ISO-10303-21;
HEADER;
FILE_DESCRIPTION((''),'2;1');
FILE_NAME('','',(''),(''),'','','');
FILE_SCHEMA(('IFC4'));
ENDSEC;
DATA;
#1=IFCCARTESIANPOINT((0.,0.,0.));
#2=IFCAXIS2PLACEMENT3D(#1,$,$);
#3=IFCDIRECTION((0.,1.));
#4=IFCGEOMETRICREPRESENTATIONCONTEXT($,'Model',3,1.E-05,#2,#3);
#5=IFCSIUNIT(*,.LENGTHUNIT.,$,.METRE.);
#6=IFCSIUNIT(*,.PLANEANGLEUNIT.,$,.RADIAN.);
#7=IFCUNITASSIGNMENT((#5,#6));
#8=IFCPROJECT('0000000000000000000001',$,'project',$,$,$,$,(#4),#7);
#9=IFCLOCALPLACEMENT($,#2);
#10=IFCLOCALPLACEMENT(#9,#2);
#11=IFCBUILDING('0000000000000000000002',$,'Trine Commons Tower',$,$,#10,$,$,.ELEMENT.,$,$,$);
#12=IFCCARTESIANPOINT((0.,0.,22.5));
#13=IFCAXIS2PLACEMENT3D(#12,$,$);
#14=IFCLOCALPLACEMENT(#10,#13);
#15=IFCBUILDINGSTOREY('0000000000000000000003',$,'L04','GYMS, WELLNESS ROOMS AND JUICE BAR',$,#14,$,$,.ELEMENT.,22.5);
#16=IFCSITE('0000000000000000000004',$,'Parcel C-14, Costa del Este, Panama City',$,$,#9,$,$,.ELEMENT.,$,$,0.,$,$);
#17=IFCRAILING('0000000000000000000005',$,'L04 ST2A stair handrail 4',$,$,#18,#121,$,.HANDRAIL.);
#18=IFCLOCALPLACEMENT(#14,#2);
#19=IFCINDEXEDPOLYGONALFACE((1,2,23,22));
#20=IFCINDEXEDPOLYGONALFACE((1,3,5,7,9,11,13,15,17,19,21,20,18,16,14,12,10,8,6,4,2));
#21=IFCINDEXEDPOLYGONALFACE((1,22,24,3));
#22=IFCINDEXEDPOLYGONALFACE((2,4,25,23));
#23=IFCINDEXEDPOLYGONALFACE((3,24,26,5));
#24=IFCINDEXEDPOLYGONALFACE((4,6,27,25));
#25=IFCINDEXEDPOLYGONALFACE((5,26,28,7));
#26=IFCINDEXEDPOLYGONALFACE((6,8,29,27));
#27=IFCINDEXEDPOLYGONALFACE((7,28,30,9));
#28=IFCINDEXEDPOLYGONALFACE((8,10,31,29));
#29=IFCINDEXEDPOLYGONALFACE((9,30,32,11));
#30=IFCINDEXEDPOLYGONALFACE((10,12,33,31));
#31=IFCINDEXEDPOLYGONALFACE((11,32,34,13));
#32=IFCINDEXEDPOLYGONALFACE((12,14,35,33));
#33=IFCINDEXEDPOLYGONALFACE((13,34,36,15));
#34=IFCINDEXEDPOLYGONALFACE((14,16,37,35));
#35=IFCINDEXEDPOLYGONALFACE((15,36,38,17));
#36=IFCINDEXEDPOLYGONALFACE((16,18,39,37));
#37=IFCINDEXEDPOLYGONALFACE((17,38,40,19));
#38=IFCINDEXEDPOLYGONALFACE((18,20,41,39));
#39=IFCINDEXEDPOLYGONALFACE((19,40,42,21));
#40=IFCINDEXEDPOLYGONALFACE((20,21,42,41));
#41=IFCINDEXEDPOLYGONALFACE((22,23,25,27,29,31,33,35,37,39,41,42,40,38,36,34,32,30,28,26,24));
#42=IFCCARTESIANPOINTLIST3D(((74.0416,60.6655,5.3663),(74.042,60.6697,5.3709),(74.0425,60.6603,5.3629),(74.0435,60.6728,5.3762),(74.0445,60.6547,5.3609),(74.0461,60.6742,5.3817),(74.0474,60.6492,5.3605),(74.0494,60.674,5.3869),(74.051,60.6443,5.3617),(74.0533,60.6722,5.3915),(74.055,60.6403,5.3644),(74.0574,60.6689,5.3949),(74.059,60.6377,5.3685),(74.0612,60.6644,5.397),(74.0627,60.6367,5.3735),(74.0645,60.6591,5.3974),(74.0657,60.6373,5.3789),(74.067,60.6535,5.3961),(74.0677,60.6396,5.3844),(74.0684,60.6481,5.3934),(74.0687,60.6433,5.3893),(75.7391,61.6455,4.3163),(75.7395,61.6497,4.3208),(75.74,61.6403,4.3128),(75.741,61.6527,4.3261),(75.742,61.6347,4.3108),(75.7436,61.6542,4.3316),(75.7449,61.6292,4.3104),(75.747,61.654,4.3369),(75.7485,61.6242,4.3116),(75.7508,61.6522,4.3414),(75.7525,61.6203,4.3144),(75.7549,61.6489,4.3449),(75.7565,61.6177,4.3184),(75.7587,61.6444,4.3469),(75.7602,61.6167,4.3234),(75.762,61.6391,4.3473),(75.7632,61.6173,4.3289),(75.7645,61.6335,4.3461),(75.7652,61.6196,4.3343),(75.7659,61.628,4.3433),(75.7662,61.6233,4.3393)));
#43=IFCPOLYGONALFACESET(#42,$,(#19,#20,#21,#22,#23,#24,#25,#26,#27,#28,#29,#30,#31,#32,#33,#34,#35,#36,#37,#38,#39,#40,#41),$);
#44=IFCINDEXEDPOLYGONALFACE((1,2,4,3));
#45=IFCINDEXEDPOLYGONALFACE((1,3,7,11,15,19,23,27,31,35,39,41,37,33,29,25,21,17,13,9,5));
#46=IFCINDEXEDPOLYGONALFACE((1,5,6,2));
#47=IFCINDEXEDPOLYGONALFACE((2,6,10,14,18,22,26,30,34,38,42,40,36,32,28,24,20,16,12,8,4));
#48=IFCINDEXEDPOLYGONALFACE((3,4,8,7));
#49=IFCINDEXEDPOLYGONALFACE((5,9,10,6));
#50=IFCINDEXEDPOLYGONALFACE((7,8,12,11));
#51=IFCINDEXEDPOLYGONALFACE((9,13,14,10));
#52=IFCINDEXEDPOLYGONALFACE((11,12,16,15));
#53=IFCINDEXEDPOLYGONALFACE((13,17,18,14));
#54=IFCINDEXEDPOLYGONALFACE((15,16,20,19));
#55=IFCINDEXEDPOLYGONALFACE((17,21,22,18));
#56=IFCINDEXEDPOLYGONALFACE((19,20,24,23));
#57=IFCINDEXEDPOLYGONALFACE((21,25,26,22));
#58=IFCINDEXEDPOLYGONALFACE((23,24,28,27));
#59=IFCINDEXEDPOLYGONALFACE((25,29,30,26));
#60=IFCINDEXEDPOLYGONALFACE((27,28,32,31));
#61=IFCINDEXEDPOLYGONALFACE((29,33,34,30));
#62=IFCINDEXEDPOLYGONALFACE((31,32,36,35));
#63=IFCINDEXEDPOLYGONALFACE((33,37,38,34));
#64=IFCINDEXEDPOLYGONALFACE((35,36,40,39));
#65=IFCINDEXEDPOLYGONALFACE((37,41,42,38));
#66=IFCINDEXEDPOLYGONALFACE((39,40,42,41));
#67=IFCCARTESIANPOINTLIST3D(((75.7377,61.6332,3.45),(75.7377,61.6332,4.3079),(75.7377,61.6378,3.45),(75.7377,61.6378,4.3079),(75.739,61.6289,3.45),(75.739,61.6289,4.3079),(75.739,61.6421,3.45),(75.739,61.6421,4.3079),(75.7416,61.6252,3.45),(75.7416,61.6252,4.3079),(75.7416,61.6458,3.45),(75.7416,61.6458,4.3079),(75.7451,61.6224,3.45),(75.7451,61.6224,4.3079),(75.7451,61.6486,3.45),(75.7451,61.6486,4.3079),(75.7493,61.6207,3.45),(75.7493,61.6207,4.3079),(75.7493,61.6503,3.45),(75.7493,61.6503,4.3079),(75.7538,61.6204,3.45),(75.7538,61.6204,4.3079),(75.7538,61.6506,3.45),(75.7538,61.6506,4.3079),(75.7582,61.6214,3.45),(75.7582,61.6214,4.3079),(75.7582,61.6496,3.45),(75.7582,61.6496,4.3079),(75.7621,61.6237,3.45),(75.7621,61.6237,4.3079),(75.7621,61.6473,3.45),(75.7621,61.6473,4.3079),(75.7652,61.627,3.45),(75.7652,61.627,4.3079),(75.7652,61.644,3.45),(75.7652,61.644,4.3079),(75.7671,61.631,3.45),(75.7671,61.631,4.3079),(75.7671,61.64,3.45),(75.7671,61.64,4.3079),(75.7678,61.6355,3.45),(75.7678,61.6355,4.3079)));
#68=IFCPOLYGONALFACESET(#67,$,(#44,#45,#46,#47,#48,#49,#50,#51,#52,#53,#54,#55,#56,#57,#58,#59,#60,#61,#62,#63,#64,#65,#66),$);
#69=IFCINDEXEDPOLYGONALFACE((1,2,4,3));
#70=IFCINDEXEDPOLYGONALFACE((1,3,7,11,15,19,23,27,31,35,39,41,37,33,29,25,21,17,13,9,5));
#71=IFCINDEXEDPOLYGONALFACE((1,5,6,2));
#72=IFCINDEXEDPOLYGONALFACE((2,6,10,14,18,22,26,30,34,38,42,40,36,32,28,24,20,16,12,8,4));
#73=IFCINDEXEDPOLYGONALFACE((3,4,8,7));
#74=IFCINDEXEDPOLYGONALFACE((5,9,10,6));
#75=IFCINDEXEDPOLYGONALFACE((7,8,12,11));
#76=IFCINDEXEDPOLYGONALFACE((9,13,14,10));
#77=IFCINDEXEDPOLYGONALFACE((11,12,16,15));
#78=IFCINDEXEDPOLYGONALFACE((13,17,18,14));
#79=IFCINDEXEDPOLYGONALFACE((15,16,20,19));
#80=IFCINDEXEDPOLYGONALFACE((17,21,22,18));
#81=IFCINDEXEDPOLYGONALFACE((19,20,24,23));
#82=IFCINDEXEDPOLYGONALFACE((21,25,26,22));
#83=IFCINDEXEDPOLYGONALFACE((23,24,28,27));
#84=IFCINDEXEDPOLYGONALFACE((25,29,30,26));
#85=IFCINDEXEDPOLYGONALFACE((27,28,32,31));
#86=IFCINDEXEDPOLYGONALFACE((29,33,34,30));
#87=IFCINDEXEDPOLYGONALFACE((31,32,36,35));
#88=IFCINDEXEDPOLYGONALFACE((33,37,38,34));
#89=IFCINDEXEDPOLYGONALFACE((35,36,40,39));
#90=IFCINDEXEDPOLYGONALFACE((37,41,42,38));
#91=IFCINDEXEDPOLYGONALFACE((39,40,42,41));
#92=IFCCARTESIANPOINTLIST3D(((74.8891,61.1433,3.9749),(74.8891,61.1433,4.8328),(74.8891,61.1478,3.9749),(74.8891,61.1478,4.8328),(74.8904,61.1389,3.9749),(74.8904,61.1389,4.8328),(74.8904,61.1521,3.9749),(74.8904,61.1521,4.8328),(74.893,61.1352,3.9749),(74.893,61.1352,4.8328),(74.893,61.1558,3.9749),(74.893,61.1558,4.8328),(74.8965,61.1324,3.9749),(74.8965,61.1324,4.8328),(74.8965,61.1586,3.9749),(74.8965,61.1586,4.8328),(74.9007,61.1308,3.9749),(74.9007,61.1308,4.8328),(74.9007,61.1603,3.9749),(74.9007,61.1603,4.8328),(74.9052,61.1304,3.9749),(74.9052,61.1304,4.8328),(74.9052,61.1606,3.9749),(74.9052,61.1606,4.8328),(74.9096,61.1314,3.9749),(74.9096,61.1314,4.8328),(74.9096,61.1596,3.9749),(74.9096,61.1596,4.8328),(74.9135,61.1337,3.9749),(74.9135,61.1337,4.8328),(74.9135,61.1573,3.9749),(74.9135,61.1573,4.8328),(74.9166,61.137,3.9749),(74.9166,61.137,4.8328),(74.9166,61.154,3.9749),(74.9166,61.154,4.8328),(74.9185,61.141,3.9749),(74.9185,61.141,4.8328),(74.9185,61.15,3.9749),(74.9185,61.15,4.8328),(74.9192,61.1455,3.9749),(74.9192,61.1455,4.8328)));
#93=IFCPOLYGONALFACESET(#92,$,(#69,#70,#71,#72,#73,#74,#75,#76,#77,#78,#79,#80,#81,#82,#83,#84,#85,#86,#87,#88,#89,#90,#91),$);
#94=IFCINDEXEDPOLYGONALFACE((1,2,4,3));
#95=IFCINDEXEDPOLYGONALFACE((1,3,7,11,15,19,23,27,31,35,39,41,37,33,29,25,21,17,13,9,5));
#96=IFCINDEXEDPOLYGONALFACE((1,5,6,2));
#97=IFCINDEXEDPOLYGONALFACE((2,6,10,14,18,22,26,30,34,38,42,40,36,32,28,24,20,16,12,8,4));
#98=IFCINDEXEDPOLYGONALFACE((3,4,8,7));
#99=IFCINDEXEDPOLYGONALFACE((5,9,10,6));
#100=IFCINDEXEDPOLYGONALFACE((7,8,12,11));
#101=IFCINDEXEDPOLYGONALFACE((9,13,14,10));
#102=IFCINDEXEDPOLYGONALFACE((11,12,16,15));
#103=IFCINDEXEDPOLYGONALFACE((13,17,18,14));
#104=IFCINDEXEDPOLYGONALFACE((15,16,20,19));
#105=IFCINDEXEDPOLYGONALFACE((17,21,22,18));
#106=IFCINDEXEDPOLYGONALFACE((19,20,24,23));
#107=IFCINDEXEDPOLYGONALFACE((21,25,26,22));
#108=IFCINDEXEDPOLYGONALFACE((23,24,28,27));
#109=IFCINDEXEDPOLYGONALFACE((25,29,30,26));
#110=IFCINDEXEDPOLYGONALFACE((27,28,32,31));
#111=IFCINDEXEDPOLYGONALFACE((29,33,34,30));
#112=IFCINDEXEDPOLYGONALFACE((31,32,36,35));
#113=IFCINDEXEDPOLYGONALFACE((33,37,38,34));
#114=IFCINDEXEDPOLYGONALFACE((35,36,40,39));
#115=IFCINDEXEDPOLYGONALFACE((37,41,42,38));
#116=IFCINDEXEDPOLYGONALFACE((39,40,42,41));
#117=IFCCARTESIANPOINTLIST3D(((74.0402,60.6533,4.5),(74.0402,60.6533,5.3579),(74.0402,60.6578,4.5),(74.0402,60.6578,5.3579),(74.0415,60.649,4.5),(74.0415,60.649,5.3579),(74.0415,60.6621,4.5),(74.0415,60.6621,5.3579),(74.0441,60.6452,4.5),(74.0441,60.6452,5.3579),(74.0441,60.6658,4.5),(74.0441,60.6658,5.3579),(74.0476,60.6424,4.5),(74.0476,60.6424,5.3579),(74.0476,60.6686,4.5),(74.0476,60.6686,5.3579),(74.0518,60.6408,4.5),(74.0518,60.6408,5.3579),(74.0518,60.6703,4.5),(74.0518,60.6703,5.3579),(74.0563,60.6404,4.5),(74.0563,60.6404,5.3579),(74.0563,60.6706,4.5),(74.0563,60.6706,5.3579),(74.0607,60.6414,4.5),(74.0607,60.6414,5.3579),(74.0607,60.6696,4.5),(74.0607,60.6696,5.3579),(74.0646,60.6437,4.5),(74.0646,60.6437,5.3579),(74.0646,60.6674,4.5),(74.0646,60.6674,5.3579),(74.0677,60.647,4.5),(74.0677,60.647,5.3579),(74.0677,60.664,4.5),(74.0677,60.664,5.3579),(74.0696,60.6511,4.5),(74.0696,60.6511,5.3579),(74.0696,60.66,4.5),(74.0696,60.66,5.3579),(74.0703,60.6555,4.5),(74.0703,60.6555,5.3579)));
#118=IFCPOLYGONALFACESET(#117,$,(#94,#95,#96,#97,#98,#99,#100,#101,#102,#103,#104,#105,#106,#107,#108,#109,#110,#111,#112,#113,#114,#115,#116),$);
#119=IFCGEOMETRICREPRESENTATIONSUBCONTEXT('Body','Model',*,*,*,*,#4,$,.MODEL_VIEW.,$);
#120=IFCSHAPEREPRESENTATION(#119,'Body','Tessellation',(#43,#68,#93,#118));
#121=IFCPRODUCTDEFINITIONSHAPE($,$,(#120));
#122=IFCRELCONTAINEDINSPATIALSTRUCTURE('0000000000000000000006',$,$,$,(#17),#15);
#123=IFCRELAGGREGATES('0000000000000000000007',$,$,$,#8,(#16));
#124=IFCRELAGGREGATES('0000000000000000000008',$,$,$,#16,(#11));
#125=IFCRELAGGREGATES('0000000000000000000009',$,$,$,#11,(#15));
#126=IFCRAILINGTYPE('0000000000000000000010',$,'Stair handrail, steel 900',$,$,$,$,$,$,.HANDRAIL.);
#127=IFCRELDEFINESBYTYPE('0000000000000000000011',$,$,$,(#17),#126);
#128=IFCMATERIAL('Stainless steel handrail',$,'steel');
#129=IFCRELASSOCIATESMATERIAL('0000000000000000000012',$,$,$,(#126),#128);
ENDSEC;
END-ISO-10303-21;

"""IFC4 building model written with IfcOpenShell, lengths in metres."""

from ifc_helpers import new_model, si_unit, direction, frame, origin, origin_2d, place, context, subcontext, project, spatial, circle, extrude, material, type_object, element, save


model = new_model("IFC4")

# Units and contexts
model_context = context("Model", 3, precision=1e-05, world=origin(), true_north=direction((0.0, 1.0)))
body_context = subcontext(model_context, "Body", "Model", "MODEL_VIEW")
ifc_project = project(units=[si_unit("LENGTHUNIT", "METRE"), si_unit("PLANEANGLEUNIT", "RADIAN")], contexts=[model_context])

# Site, building, storey
site_placement = place(None, origin())
site = spatial("IfcSite", under=ifc_project, at=site_placement, Name="Parcel C-14, Costa del Este, Panama City", CompositionType="ELEMENT", RefElevation=0.0)
building_placement = place(site_placement, origin())
building = spatial("IfcBuilding", under=site, at=building_placement, Name="Trine Commons Tower", CompositionType="ELEMENT")
storey_placement = place(building_placement, frame((0.0, 0.0, 22.5)))
storey = spatial("IfcBuildingStorey", under=building, at=storey_placement, Name="L04", Description="GYMS, WELLNESS ROOMS AND JUICE BAR", CompositionType="ELEMENT", Elevation=22.5)

# Railing
ifc_material_1 = material(Name="Stainless steel handrail", Category="steel")
railing_type_1 = type_object("IfcRailingType", Name="Stair handrail, steel 900", PredefinedType="HANDRAIL", material=ifc_material_1)
railing_1_placement = place(storey_placement, frame((75.7527, 61.6355, 3.45)))
element("IfcRailing", 1, at=railing_1_placement, inside=storey, type_object=railing_type_1, Name="L04 ST2A stair handrail 4", PredefinedType="HANDRAIL", context=body_context, shape_type="SweptSolid", body=[
    extrude(circle(Radius=0.021, at=origin_2d()), frame((0.0, 0.0, 0.8789), z_axis=(-0.763398, -0.440713, 0.472224), x_axis=(0.49997, -0.866042, 0.0)), (0.0, 0.0, 1.0), 2.2236),
    extrude(circle(Radius=0.0151, at=origin_2d()), origin(), (0.0, 0.0, 1.0), 0.8579),
    extrude(circle(Radius=0.0151, at=origin_2d()), frame((-0.8486, -0.49, 0.5249)), (0.0, 0.0, 1.0), 0.8579),
    extrude(circle(Radius=0.0151, at=origin_2d()), frame((-1.6975, -0.98, 1.05)), (0.0, 0.0, 1.0), 0.8579),
])

save(model, "model.ifc")
